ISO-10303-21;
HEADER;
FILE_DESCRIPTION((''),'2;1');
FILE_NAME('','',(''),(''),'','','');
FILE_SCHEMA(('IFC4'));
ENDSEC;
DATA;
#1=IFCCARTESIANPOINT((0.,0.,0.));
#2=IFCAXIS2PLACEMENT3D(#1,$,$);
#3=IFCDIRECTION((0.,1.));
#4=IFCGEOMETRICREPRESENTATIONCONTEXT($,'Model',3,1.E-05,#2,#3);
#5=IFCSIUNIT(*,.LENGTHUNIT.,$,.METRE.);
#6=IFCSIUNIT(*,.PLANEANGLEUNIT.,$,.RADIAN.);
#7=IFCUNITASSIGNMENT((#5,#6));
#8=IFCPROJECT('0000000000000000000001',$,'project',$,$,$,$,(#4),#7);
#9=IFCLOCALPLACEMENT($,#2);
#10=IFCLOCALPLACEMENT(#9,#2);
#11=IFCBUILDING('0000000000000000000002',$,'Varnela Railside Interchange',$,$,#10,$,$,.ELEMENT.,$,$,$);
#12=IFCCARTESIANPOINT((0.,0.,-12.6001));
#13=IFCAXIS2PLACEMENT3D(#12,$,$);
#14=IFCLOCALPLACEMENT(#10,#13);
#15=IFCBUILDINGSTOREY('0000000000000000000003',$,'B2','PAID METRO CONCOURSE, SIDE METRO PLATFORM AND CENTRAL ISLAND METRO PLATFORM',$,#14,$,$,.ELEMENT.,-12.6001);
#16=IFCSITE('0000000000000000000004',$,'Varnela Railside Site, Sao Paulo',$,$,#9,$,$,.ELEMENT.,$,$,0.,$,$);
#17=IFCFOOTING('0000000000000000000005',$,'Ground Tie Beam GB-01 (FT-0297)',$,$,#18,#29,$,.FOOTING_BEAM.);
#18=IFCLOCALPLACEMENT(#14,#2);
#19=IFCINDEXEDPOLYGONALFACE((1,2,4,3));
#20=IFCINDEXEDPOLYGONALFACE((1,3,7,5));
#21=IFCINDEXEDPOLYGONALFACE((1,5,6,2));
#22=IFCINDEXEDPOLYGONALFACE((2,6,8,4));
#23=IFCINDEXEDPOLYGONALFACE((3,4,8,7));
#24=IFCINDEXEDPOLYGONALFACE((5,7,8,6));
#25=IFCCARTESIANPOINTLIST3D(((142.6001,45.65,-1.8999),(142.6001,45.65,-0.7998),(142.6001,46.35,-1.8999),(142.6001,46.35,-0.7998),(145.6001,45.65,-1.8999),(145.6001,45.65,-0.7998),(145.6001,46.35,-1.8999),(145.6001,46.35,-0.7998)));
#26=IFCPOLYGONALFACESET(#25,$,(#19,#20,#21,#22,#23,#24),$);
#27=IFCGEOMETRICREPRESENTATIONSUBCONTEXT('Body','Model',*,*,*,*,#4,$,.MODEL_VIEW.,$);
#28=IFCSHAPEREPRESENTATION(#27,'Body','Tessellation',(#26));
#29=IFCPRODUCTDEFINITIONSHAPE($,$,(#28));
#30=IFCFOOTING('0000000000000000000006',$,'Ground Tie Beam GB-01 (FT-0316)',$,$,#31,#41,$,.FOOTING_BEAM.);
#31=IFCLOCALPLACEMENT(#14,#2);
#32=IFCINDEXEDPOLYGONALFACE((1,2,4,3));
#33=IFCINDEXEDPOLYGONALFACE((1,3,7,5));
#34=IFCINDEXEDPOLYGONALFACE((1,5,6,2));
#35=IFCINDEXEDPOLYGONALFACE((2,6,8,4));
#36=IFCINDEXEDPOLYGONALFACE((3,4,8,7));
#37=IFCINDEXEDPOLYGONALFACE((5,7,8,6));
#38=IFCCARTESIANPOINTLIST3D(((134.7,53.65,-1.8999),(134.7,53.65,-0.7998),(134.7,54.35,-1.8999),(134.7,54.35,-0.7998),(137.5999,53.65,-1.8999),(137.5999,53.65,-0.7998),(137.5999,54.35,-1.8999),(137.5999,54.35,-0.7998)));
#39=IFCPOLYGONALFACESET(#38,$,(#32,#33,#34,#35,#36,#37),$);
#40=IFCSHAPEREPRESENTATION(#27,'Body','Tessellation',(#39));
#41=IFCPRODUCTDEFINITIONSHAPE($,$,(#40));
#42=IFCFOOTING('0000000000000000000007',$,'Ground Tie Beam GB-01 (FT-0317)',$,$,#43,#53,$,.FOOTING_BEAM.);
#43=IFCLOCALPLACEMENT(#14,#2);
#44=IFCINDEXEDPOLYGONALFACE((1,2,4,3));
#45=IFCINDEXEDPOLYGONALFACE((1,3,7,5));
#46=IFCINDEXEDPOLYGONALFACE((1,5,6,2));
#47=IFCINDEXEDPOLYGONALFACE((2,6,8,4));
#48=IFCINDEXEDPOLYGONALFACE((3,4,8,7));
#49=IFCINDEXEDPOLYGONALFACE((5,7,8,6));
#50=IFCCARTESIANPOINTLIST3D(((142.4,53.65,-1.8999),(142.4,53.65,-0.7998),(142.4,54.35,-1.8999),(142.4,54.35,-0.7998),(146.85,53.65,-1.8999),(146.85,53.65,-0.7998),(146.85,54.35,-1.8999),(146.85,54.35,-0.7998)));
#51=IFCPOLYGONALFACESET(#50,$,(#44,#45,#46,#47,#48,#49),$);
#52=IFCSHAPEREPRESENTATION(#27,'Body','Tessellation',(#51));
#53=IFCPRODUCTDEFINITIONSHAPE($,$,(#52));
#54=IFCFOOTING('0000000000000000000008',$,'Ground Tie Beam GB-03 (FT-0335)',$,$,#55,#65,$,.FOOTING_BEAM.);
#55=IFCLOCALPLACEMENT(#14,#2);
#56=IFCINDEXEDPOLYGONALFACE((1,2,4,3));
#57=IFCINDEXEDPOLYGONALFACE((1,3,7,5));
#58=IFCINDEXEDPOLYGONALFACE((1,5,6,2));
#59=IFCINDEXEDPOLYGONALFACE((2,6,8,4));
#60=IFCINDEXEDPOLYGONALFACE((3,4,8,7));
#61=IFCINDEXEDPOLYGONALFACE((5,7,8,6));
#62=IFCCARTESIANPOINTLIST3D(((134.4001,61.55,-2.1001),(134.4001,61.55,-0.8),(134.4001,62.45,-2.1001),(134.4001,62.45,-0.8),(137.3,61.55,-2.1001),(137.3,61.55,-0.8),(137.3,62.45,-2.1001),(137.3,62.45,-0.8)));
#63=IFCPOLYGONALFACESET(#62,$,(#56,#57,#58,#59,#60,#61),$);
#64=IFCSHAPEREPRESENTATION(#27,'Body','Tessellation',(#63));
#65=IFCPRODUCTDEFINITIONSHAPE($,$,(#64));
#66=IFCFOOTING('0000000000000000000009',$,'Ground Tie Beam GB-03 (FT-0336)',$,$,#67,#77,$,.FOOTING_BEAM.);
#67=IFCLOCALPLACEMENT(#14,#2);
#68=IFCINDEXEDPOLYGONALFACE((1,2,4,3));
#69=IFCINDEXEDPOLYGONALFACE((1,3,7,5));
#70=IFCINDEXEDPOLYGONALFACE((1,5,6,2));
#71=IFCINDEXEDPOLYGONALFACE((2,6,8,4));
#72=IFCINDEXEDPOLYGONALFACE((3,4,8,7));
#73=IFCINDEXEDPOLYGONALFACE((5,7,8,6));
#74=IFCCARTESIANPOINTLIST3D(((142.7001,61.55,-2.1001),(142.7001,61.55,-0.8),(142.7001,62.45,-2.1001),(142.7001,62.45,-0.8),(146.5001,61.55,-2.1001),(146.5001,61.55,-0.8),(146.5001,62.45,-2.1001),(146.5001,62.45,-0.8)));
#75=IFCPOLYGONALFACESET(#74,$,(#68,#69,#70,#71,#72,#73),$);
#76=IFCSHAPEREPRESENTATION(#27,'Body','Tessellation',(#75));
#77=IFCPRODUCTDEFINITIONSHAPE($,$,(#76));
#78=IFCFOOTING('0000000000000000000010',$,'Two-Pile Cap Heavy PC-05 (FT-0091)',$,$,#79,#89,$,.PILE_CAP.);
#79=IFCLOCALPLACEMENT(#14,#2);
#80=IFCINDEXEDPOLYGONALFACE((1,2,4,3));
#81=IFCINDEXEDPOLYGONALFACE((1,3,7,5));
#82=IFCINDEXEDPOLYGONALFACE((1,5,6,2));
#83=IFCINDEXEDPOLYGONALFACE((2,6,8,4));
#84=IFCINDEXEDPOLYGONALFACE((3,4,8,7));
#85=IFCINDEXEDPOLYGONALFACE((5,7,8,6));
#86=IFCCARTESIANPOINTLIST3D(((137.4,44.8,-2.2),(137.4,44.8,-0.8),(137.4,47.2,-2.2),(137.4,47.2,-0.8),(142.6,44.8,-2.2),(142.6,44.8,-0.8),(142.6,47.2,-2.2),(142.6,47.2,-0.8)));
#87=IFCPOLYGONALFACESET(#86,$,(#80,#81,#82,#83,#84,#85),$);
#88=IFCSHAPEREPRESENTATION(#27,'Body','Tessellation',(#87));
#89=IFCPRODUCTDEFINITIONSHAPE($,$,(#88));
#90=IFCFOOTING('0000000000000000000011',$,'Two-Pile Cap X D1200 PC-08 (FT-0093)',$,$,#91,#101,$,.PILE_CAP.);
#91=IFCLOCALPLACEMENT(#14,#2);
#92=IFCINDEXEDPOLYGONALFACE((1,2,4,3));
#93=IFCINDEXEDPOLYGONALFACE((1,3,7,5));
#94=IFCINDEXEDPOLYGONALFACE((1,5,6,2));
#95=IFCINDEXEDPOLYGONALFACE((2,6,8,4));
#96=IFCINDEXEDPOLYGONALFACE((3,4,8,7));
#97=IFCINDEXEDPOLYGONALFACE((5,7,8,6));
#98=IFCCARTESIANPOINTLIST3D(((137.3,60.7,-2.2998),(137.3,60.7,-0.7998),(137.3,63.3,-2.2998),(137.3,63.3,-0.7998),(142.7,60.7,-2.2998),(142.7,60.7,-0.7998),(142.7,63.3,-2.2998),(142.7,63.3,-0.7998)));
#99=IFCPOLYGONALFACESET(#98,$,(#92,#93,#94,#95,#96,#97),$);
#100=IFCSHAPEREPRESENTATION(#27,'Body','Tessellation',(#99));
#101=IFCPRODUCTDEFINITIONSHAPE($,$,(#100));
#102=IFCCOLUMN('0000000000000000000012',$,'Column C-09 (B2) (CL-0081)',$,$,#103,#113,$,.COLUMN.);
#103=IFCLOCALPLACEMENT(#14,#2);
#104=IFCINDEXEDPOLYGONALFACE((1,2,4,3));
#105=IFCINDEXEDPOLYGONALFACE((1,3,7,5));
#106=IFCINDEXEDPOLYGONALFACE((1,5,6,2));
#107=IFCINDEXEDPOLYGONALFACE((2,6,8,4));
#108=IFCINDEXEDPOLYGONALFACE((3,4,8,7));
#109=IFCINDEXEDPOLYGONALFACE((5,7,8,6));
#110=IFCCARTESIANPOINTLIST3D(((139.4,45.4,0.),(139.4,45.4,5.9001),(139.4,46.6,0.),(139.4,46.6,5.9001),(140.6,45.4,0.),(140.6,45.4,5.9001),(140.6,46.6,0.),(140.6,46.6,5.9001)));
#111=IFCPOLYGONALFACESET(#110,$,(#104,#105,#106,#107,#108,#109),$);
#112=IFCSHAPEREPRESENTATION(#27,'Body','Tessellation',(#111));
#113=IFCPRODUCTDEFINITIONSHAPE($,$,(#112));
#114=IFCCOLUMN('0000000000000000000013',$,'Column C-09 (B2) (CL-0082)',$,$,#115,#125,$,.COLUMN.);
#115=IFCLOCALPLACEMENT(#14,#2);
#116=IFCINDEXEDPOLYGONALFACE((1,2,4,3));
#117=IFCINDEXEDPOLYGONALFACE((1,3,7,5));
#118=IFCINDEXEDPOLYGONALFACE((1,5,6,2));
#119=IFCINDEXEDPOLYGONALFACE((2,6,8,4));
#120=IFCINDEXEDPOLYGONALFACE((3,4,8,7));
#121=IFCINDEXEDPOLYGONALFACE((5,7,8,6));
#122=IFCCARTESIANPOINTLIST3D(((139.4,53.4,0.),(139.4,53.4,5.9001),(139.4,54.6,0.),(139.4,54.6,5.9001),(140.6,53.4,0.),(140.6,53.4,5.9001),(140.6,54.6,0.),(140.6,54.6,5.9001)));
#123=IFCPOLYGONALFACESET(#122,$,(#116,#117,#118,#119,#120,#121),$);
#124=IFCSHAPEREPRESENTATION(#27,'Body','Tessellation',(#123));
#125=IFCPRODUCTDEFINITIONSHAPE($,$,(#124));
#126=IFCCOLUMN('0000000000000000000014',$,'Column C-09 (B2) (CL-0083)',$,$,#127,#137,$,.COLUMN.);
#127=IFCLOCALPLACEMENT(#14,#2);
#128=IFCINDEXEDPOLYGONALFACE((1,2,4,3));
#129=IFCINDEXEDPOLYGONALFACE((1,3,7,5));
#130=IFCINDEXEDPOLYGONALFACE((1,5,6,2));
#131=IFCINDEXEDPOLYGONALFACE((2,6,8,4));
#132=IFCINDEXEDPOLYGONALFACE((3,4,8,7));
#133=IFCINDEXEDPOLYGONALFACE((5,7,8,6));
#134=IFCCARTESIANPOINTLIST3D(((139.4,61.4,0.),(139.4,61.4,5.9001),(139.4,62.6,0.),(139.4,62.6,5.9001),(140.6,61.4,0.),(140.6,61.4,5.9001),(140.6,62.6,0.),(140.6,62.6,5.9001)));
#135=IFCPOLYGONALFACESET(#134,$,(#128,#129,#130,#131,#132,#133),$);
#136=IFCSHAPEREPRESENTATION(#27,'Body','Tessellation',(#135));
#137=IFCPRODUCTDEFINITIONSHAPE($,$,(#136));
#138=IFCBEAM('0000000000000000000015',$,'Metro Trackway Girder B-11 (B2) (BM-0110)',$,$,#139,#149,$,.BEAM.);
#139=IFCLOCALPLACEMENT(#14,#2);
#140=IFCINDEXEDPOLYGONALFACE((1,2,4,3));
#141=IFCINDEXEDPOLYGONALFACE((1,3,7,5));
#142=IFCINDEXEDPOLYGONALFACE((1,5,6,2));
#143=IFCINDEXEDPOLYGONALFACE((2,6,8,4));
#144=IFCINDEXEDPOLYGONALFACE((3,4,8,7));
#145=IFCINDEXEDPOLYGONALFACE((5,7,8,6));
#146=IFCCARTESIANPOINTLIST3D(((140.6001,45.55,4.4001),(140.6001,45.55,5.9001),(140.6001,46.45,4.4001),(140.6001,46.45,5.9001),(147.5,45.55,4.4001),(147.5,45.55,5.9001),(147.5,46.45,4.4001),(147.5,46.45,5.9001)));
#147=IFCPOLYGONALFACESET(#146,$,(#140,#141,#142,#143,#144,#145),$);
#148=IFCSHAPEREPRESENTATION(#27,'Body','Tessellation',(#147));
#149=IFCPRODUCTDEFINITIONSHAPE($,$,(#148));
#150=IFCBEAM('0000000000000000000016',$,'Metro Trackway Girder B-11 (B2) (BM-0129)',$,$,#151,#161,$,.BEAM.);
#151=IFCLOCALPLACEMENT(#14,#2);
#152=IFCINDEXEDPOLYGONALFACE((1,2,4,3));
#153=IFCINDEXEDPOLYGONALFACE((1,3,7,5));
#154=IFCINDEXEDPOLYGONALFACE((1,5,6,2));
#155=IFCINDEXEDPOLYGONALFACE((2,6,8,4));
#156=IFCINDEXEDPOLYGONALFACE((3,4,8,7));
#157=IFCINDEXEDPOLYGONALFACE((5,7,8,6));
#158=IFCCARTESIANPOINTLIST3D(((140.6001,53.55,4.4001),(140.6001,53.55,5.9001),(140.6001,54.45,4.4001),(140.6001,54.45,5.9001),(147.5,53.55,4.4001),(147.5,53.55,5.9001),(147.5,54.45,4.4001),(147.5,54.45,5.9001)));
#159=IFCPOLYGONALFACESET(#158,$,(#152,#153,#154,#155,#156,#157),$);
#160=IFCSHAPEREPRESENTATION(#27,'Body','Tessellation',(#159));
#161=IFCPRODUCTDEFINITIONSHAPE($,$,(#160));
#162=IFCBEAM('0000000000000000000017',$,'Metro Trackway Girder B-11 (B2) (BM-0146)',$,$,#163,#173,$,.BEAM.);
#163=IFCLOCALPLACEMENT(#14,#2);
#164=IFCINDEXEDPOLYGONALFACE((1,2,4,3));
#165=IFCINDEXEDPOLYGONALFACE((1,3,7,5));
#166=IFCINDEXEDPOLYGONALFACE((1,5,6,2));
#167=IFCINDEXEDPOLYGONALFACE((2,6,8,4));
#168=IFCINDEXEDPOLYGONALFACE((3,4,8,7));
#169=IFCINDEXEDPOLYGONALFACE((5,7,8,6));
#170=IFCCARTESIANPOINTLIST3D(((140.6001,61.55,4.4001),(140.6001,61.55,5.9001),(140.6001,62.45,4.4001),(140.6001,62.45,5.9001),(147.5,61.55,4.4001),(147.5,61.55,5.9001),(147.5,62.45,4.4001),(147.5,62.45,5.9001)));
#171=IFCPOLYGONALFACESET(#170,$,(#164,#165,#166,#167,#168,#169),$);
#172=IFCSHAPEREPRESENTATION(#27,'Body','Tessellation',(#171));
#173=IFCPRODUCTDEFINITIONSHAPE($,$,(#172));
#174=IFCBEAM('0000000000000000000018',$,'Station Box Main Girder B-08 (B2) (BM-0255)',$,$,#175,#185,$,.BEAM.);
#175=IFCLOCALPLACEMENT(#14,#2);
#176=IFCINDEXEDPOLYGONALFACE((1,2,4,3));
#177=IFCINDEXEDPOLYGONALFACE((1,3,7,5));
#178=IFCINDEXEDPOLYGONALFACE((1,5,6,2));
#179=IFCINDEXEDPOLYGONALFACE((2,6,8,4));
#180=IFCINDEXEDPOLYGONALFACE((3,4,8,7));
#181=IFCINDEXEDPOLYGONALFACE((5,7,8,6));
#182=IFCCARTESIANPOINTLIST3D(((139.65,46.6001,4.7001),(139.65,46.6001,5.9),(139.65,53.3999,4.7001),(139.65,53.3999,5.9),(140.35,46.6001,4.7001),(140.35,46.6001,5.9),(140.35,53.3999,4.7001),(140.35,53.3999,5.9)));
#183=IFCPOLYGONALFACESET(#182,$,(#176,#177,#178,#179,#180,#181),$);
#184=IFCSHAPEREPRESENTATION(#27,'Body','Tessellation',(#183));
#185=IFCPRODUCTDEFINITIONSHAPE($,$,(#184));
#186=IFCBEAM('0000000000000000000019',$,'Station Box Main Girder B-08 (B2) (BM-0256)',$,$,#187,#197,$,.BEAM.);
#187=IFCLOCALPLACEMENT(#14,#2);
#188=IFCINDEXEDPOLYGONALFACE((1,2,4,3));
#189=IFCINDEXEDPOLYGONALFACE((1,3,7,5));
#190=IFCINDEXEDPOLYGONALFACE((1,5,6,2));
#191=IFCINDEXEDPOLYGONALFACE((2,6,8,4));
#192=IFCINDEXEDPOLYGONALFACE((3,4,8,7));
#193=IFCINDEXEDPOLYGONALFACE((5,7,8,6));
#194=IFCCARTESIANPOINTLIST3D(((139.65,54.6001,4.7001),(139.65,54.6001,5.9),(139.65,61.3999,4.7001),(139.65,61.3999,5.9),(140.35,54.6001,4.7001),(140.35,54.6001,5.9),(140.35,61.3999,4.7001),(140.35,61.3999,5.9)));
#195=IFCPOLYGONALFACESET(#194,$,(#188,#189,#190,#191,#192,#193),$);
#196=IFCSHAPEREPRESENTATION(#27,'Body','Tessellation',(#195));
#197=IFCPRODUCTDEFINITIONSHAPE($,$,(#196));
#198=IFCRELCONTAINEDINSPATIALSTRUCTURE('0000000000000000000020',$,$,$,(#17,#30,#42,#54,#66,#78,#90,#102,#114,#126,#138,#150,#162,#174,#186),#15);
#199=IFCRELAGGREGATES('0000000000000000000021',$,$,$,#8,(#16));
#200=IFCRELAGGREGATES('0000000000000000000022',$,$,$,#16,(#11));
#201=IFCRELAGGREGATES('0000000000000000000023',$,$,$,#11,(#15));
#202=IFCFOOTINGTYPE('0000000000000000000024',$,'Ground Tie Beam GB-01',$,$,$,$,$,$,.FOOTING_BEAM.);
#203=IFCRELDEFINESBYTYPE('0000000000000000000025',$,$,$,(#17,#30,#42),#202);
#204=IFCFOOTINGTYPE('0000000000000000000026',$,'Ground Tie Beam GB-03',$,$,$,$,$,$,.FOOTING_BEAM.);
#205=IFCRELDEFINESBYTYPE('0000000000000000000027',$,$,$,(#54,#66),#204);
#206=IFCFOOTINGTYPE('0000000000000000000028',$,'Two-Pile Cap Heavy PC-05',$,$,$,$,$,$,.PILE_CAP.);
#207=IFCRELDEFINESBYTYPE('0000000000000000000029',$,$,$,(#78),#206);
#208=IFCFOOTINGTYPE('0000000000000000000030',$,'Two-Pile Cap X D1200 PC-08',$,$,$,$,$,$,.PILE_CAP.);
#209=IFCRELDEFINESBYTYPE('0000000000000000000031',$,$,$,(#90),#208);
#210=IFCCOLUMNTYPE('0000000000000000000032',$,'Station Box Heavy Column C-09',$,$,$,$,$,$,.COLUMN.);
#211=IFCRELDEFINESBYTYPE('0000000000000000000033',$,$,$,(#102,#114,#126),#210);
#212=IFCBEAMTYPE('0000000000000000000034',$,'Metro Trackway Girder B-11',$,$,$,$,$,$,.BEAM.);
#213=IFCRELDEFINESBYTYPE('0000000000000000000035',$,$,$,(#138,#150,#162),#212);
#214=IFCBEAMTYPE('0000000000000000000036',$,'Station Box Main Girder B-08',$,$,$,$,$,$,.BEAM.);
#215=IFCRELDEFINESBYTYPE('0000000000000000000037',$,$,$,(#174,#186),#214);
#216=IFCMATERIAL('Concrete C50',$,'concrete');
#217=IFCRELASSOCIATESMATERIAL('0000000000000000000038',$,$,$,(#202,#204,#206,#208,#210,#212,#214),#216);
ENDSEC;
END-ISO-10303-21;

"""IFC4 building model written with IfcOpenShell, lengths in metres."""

from ifc_helpers import new_model, si_unit, direction, frame, origin, origin_2d, place, context, subcontext, project, spatial, rectangle, extrude, material, material_profile, profile_set, type_object, element, save


model = new_model("IFC4")

# Units and contexts
model_context = context("Model", 3, precision=1e-05, world=origin(), true_north=direction((0.0, 1.0)))
body_context = subcontext(model_context, "Body", "Model", "MODEL_VIEW")
ifc_project = project(units=[si_unit("LENGTHUNIT", "METRE"), si_unit("PLANEANGLEUNIT", "RADIAN")], contexts=[model_context])

# Site, building, storey
site_placement = place(None, origin())
site = spatial("IfcSite", under=ifc_project, at=site_placement, Name="Varnela Railside Site, Sao Paulo", CompositionType="ELEMENT", RefElevation=0.0)
building_placement = place(site_placement, origin())
building = spatial("IfcBuilding", under=site, at=building_placement, Name="Varnela Railside Interchange", CompositionType="ELEMENT")
storey_placement = place(building_placement, frame((0.0, 0.0, -12.6001)))
storey = spatial("IfcBuildingStorey", under=building, at=storey_placement, Name="B2", Description="PAID METRO CONCOURSE, SIDE METRO PLATFORM AND CENTRAL ISLAND METRO PLATFORM", CompositionType="ELEMENT", Elevation=-12.6001)

# Footings
ifc_material_1 = material(Name="Concrete C50", Category="concrete")
footing_type_1 = type_object("IfcFootingType", Name="Ground Tie Beam GB-01", PredefinedType="FOOTING_BEAM", material=ifc_material_1)
footing_1_placement = place(storey_placement, frame((144.1001, 46.0, -1.8999), z_axis=(0.0, 0.0, 1.0), x_axis=(1.0, 0.0, 0.0)))
element("IfcFooting", 1, at=footing_1_placement, inside=storey, type_object=footing_type_1, Name="Ground Tie Beam GB-01 (FT-0297)", PredefinedType="FOOTING_BEAM", context=body_context, shape_type="SweptSolid", body=[
    extrude(rectangle(XDim=3.0, YDim=0.7, at=origin_2d()), origin(), (0.0, 0.0, 1.0), 1.1001),
])
footing_2_placement = place(storey_placement, frame((136.1499, 54.0, -1.8999), z_axis=(0.0, 0.0, 1.0), x_axis=(1.0, 0.0, 0.0)))
element("IfcFooting", 2, at=footing_2_placement, inside=storey, type_object=footing_type_1, Name="Ground Tie Beam GB-01 (FT-0316)", PredefinedType="FOOTING_BEAM", context=body_context, shape_type="SweptSolid", body=[
    extrude(rectangle(XDim=2.8999, YDim=0.7, at=origin_2d()), origin(), (0.0, 0.0, 1.0), 1.1001),
])
footing_3_placement = place(storey_placement, frame((144.625, 54.0, -1.8999), z_axis=(0.0, 0.0, 1.0), x_axis=(1.0, 0.0, 0.0)))
element("IfcFooting", 3, at=footing_3_placement, inside=storey, type_object=footing_type_1, Name="Ground Tie Beam GB-01 (FT-0317)", PredefinedType="FOOTING_BEAM", context=body_context, shape_type="SweptSolid", body=[
    extrude(rectangle(XDim=4.45, YDim=0.7, at=origin_2d()), origin(), (0.0, 0.0, 1.0), 1.1001),
])
footing_type_2 = type_object("IfcFootingType", Name="Ground Tie Beam GB-03", PredefinedType="FOOTING_BEAM", material=ifc_material_1)
footing_4_placement = place(storey_placement, frame((135.8501, 62.0, -2.1001), z_axis=(0.0, 0.0, 1.0), x_axis=(1.0, 0.0, 0.0)))
element("IfcFooting", 4, at=footing_4_placement, inside=storey, type_object=footing_type_2, Name="Ground Tie Beam GB-03 (FT-0335)", PredefinedType="FOOTING_BEAM", context=body_context, shape_type="SweptSolid", body=[
    extrude(rectangle(XDim=2.8999, YDim=0.8999, at=origin_2d()), origin(), (0.0, 0.0, 1.0), 1.3),
])
footing_5_placement = place(storey_placement, frame((144.6001, 62.0, -2.1001), z_axis=(0.0, 0.0, 1.0), x_axis=(1.0, 0.0, 0.0)))
element("IfcFooting", 5, at=footing_5_placement, inside=storey, type_object=footing_type_2, Name="Ground Tie Beam GB-03 (FT-0336)", PredefinedType="FOOTING_BEAM", context=body_context, shape_type="SweptSolid", body=[
    extrude(rectangle(XDim=3.8, YDim=0.8999, at=origin_2d()), origin(), (0.0, 0.0, 1.0), 1.3),
])
footing_type_3 = type_object("IfcFootingType", Name="Two-Pile Cap Heavy PC-05", PredefinedType="PILE_CAP", material=ifc_material_1)
footing_6_placement = place(storey_placement, frame((140.0, 46.0, -2.2), z_axis=(0.0, 0.0, 1.0), x_axis=(1.0, 0.0, 0.0)))
element("IfcFooting", 6, at=footing_6_placement, inside=storey, type_object=footing_type_3, Name="Two-Pile Cap Heavy PC-05 (FT-0091)", PredefinedType="PILE_CAP", context=body_context, shape_type="SweptSolid", body=[
    extrude(rectangle(XDim=5.2, YDim=2.3999, at=origin_2d()), origin(), (0.0, 0.0, 1.0), 1.3999),
])
footing_type_4 = type_object("IfcFootingType", Name="Two-Pile Cap X D1200 PC-08", PredefinedType="PILE_CAP", material=ifc_material_1)
footing_7_placement = place(storey_placement, frame((140.0, 62.0, -2.2998), z_axis=(0.0, 0.0, 1.0), x_axis=(1.0, 0.0, 0.0)))
element("IfcFooting", 7, at=footing_7_placement, inside=storey, type_object=footing_type_4, Name="Two-Pile Cap X D1200 PC-08 (FT-0093)", PredefinedType="PILE_CAP", context=body_context, shape_type="SweptSolid", body=[
    extrude(rectangle(XDim=5.3999, YDim=2.6001, at=origin_2d()), origin(), (0.0, 0.0, 1.0), 1.5),
])

# Columns
ifc_material_profile_1 = material_profile(ifc_material_1, rectangle(XDim=1.2, YDim=1.2, at=origin_2d()), Name="RC 1200x1200")
ifc_profile_set_1 = profile_set([ifc_material_profile_1], Name="Concrete C50")
column_type = type_object("IfcColumnType", Name="Station Box Heavy Column C-09", PredefinedType="COLUMN", material=ifc_profile_set_1)
for number, where, z_axis, x_axis, name in (
    (8, (140.0, 46.0, 0.0), (0.0, 0.0, 1.0), (1.0, 0.0, 0.0), "Column C-09 (B2) (CL-0081)"),
    (9, (140.0, 54.0, 0.0), (0.0, 0.0, 1.0), (1.0, 0.0, 0.0), "Column C-09 (B2) (CL-0082)"),
    (10, (140.0, 62.0, 0.0), (0.0, 0.0, 1.0), (1.0, 0.0, 0.0), "Column C-09 (B2) (CL-0083)"),
):
    element("IfcColumn", number, at=place(storey_placement, frame(where, z_axis=z_axis, x_axis=x_axis)), inside=storey, type_object=column_type, Name=name, PredefinedType="COLUMN", context=body_context, shape_type="SweptSolid", body=[
        extrude(rectangle(XDim=1.2, YDim=1.2, at=origin_2d()), origin(), (0.0, 0.0, 1.0), 5.9001),
    ])

# Beams
ifc_material_profile_2 = material_profile(ifc_material_1, rectangle(XDim=0.8999, YDim=1.5, at=origin_2d()), Name="RC 900x1500")
ifc_profile_set_2 = profile_set([ifc_material_profile_2], Name="Concrete C50")
beam_type_1 = type_object("IfcBeamType", Name="Metro Trackway Girder B-11", PredefinedType="BEAM", material=ifc_profile_set_2)
for number, where, z_axis, x_axis, name in (
    (11, (140.6001, 46.0, 5.1501), (1.0, 0.0, 0.0), (0.0, 1.0, 0.0), "Metro Trackway Girder B-11 (B2) (BM-0110)"),
    (12, (140.6001, 54.0, 5.1501), (1.0, 0.0, 0.0), (0.0, 1.0, 0.0), "Metro Trackway Girder B-11 (B2) (BM-0129)"),
    (13, (140.6001, 62.0, 5.1501), (1.0, 0.0, 0.0), (0.0, 1.0, 0.0), "Metro Trackway Girder B-11 (B2) (BM-0146)"),
):
    element("IfcBeam", number, at=place(storey_placement, frame(where, z_axis=z_axis, x_axis=x_axis)), inside=storey, type_object=beam_type_1, Name=name, PredefinedType="BEAM", context=body_context, shape_type="SweptSolid", body=[
        extrude(rectangle(XDim=0.8999, YDim=1.5, at=origin_2d()), origin(), (0.0, 0.0, 1.0), 6.8999),
    ])
ifc_material_profile_3 = material_profile(ifc_material_1, rectangle(XDim=0.7, YDim=1.2, at=origin_2d()), Name="RC 700x1200")
ifc_profile_set_3 = profile_set([ifc_material_profile_3], Name="Concrete C50")
beam_type_2 = type_object("IfcBeamType", Name="Station Box Main Girder B-08", PredefinedType="BEAM", material=ifc_profile_set_3)
for number, where, z_axis, x_axis, name in (
    (14, (140.0, 46.6001, 5.3), (0.0, 1.0, 0.0), (-1.0, 0.0, 0.0), "Station Box Main Girder B-08 (B2) (BM-0255)"),
    (15, (140.0, 54.6001, 5.3), (0.0, 1.0, 0.0), (-1.0, 0.0, 0.0), "Station Box Main Girder B-08 (B2) (BM-0256)"),
):
    element("IfcBeam", number, at=place(storey_placement, frame(where, z_axis=z_axis, x_axis=x_axis)), inside=storey, type_object=beam_type_2, Name=name, PredefinedType="BEAM", context=body_context, shape_type="SweptSolid", body=[
        extrude(rectangle(XDim=0.7, YDim=1.2, at=origin_2d()), origin(), (0.0, 0.0, 1.0), 6.7998),
    ])

save(model, "model.ifc")
